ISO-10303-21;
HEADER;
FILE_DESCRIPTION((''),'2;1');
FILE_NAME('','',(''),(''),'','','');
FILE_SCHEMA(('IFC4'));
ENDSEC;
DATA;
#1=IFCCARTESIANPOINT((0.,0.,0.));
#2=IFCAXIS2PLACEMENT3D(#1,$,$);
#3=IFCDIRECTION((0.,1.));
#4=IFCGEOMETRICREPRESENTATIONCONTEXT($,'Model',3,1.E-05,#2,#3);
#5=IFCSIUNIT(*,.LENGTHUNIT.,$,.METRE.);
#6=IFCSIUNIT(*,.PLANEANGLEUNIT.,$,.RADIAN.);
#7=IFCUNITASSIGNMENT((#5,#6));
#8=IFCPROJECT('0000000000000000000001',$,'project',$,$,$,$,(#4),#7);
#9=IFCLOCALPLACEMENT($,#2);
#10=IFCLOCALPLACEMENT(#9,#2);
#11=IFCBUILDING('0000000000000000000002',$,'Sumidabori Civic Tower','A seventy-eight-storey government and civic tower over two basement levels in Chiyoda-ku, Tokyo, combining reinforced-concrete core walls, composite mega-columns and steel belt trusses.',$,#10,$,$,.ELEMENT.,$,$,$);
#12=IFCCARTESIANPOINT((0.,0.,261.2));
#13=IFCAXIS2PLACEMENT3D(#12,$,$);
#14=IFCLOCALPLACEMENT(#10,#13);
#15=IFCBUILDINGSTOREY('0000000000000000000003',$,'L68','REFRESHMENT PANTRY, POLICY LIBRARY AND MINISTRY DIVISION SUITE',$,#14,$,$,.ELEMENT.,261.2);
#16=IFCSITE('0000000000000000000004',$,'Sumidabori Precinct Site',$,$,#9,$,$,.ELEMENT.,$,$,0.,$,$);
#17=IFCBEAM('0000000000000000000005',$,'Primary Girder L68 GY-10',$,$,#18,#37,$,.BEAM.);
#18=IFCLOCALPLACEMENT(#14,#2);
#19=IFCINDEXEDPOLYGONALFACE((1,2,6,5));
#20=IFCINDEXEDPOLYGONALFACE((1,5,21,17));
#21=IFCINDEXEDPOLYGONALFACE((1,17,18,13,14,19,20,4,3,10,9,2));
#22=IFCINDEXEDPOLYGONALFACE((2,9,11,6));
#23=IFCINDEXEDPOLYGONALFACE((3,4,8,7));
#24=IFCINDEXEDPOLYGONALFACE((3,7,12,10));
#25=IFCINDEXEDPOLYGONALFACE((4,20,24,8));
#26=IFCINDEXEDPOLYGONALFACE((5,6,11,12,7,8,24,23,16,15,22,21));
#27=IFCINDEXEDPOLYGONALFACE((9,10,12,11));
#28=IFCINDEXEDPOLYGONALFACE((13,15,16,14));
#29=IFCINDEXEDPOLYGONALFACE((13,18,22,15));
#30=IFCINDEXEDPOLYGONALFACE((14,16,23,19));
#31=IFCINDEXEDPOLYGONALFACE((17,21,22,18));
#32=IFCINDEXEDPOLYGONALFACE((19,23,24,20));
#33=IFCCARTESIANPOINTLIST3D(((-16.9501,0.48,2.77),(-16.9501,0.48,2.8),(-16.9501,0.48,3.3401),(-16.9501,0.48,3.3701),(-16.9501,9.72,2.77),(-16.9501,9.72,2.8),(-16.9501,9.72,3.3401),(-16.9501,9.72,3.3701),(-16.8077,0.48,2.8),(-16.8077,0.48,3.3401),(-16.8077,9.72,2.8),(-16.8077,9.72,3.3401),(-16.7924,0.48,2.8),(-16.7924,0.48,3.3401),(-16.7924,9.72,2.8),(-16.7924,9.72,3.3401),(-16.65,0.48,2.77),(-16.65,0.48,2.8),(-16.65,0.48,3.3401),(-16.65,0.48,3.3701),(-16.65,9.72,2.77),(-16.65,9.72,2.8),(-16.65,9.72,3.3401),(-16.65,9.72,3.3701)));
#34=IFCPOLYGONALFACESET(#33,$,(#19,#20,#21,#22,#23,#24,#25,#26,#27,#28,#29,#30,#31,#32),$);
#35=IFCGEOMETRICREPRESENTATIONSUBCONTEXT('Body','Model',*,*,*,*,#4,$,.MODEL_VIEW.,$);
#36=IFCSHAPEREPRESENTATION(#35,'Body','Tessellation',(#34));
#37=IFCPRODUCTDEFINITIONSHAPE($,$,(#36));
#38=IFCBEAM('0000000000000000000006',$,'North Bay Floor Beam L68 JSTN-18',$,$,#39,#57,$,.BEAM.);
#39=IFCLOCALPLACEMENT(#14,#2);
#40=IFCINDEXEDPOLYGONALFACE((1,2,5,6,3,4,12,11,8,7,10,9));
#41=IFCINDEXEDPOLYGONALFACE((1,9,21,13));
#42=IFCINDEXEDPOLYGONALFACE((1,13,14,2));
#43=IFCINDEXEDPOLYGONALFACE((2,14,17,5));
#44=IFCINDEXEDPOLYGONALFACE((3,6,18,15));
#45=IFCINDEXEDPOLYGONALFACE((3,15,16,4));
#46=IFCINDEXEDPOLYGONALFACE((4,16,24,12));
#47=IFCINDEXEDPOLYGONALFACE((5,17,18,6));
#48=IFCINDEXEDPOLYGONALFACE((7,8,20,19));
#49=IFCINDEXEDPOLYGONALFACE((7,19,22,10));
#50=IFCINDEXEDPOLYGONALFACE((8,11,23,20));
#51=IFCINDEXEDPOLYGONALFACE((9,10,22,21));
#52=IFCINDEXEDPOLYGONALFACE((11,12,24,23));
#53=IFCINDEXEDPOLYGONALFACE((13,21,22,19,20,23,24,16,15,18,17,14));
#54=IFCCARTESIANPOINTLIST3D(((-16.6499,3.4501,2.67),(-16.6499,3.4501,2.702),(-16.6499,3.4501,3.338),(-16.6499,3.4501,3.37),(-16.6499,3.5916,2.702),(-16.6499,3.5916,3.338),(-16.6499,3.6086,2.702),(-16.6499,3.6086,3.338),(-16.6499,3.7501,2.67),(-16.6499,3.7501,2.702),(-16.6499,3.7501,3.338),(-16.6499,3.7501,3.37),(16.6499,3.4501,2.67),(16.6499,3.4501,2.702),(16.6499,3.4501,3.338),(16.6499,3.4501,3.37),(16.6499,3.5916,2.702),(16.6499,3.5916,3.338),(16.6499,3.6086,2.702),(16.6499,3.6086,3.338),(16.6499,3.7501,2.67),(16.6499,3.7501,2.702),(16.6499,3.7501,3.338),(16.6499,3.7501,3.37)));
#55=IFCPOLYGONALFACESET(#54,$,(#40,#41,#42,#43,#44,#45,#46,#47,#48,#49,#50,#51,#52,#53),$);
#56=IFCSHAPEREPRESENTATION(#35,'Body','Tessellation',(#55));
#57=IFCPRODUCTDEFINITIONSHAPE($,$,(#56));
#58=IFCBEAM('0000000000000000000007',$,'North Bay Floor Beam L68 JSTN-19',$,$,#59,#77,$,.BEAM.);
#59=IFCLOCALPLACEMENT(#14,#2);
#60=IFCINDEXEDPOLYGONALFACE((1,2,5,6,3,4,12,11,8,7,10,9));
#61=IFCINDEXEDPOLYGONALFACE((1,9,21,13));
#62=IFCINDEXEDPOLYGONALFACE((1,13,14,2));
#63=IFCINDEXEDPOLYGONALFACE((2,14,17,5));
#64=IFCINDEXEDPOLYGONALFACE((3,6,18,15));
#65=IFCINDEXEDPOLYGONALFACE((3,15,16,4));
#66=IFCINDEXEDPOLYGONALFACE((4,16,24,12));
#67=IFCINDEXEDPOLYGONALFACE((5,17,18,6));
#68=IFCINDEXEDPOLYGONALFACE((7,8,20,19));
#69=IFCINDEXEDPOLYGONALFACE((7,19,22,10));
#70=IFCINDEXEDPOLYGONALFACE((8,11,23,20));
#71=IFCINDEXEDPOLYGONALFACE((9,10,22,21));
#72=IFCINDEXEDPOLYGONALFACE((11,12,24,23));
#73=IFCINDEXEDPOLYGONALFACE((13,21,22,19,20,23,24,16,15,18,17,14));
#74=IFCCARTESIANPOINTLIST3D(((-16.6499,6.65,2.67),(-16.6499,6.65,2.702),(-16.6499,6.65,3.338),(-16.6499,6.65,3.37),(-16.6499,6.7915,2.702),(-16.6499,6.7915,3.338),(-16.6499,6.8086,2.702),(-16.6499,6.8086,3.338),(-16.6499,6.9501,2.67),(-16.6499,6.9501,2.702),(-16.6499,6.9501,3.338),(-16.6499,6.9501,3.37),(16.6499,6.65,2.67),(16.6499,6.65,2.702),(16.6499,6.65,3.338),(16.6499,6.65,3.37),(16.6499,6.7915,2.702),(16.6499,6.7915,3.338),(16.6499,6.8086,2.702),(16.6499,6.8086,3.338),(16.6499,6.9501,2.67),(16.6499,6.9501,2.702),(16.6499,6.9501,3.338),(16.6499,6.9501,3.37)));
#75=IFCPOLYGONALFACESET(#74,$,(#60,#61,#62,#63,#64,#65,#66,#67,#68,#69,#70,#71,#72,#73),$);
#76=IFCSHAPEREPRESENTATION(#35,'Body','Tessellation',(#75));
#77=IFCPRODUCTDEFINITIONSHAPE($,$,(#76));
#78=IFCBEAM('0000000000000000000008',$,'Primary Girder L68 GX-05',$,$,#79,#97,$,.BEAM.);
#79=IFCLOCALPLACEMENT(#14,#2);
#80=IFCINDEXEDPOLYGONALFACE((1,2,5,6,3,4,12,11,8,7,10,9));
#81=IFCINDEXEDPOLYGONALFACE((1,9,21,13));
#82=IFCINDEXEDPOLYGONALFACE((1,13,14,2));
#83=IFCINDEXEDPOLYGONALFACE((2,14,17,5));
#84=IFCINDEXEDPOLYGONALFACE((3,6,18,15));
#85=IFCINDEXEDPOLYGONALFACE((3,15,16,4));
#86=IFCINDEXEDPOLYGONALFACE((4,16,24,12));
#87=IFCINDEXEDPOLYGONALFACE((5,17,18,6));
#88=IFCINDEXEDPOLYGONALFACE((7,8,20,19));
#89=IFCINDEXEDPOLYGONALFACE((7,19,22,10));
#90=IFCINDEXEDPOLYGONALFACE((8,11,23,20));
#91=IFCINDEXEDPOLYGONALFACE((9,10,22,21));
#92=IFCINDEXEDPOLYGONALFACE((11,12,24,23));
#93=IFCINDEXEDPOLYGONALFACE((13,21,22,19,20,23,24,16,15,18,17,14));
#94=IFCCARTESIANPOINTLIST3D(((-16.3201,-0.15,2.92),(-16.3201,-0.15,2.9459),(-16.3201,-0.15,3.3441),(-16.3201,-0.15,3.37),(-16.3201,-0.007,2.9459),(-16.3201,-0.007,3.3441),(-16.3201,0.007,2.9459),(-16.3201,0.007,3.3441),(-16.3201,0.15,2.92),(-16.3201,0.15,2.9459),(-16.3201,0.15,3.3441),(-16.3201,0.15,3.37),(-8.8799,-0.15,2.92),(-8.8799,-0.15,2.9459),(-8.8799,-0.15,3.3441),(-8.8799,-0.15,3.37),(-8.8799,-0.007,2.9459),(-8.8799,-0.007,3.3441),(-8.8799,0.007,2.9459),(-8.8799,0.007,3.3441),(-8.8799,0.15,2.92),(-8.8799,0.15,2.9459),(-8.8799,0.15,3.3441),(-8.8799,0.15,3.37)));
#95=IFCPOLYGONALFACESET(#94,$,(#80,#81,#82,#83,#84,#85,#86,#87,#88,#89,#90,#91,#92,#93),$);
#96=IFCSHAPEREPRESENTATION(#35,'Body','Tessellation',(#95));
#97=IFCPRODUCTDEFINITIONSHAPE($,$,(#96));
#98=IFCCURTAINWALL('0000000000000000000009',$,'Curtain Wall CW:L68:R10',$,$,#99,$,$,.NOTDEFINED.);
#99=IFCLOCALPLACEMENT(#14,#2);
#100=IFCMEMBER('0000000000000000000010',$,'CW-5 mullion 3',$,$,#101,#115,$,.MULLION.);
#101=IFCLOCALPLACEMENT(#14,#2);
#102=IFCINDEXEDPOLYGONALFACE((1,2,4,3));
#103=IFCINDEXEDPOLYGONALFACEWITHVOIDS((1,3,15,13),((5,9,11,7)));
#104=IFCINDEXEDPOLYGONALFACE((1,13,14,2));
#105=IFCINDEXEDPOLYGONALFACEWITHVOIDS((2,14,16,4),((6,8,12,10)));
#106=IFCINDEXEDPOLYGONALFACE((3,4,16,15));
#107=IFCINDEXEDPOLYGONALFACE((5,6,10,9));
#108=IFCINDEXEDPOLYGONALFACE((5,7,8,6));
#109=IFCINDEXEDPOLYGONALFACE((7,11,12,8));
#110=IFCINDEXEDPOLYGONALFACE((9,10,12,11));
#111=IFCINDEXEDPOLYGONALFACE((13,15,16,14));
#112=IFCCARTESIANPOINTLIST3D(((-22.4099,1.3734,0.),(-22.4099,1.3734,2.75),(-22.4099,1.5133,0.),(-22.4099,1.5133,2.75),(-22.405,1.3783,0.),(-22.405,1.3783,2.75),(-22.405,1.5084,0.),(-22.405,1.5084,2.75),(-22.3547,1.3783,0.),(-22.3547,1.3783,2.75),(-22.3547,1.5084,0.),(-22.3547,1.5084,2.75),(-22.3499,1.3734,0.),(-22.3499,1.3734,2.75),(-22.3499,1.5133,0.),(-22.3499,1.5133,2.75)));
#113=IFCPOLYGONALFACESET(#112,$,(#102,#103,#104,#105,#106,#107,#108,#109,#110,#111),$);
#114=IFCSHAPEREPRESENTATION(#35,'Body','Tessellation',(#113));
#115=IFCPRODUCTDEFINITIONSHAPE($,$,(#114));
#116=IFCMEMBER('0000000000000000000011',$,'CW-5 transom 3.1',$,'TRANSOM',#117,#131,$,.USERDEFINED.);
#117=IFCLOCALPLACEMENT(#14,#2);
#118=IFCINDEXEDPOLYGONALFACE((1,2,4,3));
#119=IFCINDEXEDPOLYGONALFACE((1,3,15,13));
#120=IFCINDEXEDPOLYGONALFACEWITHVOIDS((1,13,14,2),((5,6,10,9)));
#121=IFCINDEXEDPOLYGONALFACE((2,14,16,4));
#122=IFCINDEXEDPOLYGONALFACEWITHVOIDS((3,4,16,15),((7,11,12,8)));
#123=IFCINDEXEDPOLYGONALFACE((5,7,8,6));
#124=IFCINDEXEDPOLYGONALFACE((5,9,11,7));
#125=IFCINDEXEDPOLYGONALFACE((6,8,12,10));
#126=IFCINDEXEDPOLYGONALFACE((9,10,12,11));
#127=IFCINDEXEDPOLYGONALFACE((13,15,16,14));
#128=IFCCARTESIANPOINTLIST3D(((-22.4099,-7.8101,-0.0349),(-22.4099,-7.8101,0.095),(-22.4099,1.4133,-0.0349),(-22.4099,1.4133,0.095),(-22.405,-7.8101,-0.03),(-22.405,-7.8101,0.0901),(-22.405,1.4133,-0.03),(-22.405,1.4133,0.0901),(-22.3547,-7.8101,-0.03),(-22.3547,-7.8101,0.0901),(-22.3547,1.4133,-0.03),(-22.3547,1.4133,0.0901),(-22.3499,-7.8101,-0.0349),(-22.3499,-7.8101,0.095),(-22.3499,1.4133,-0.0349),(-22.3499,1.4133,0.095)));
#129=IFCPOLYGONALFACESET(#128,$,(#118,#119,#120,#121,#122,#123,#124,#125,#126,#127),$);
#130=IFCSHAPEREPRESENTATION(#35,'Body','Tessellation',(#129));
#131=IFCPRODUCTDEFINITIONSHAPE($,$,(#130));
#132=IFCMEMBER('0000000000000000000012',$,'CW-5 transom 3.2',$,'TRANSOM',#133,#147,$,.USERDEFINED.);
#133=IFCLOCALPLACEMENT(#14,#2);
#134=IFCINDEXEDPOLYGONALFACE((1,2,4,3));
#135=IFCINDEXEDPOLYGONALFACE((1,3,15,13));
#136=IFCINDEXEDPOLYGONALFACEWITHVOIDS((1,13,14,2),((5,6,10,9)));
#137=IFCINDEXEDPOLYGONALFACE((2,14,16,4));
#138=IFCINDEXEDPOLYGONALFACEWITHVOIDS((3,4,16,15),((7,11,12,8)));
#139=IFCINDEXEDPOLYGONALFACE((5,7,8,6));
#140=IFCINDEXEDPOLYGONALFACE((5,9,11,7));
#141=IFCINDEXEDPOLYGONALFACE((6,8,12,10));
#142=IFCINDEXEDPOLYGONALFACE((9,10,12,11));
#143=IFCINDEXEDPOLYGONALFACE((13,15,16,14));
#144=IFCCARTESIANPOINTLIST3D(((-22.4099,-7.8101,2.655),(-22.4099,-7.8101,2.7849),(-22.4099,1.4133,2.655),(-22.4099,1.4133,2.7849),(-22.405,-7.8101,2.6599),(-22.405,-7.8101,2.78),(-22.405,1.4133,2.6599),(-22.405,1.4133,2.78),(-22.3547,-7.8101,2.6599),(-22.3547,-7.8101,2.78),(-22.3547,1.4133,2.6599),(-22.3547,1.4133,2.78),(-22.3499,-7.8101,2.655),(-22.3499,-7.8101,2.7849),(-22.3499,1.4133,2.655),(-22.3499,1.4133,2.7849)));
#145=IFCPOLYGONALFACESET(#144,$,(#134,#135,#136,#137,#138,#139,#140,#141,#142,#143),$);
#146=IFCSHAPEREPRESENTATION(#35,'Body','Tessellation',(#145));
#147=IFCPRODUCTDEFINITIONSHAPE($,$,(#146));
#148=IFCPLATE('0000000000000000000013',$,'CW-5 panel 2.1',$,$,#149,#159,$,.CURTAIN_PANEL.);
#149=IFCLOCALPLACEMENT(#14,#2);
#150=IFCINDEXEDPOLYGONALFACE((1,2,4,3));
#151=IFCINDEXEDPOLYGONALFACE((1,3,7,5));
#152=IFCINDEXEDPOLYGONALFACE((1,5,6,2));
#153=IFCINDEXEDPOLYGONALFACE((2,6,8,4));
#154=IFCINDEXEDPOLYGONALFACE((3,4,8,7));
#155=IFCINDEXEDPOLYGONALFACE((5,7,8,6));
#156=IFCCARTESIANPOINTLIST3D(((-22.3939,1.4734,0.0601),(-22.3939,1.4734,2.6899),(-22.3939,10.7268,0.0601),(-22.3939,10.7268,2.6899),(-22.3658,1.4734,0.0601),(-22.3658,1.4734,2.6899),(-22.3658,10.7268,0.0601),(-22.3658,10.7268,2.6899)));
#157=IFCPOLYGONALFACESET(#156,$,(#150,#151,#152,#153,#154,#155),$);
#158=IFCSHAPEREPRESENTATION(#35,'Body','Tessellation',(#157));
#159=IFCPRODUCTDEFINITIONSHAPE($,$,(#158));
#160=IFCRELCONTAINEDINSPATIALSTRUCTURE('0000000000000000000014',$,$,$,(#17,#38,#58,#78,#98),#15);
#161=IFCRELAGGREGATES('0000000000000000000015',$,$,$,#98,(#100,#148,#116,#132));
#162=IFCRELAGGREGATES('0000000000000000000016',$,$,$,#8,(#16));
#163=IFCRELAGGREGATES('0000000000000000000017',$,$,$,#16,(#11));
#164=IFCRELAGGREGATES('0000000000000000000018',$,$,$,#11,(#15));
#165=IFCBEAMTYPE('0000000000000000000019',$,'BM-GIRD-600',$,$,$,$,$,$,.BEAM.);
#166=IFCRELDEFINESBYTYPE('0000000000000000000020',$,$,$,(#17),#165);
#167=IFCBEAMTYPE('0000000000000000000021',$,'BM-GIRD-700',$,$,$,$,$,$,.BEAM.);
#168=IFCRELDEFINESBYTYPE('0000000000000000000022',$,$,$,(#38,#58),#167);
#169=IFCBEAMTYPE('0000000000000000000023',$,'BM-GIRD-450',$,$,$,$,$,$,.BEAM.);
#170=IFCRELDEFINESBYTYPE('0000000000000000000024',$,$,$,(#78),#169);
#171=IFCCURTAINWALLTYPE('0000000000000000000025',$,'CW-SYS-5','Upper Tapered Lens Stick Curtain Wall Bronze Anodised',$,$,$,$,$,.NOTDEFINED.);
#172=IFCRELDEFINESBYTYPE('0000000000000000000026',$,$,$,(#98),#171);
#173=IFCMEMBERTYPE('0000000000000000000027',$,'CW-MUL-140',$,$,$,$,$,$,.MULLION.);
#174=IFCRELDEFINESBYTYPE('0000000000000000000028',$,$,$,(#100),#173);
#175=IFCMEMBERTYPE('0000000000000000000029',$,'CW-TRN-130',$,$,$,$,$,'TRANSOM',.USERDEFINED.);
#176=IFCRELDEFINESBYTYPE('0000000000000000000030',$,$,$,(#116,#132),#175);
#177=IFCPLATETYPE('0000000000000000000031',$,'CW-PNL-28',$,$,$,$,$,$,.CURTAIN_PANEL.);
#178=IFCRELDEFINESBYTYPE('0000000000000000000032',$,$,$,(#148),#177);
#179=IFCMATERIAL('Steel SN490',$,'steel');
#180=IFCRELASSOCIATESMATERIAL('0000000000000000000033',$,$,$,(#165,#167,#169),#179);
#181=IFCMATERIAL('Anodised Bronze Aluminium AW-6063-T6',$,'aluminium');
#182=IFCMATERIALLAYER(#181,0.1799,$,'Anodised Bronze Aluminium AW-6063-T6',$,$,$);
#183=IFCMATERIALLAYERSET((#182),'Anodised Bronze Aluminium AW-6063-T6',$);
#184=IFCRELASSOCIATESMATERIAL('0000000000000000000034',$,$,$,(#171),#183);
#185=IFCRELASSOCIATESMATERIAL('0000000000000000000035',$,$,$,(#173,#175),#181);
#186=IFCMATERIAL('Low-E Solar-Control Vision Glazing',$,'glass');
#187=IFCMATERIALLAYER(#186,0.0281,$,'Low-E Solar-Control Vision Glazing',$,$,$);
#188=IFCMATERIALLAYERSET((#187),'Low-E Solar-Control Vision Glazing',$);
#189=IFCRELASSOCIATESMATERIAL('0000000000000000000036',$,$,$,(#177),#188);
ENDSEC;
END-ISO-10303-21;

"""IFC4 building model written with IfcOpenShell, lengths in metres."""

from ifc_helpers import new_model, si_unit, direction, frame, origin, origin_2d, place, context, subcontext, project, spatial, rectangle, hollow_rectangle, i_section, extrude, source, transform, mapped, material, layer, layer_set, material_profile, profile_set, type_object, element, aggregate, save


model = new_model("IFC4")

# Units and contexts
model_context = context("Model", 3, precision=1e-05, world=origin(), true_north=direction((0.0, 1.0)))
body_context = subcontext(model_context, "Body", "Model", "MODEL_VIEW")
ifc_project = project(units=[si_unit("LENGTHUNIT", "METRE"), si_unit("PLANEANGLEUNIT", "RADIAN")], contexts=[model_context])

# Site, building, storey
site_placement = place(None, origin())
site = spatial("IfcSite", under=ifc_project, at=site_placement, Name="Sumidabori Precinct Site", CompositionType="ELEMENT", RefElevation=0.0)
building_placement = place(site_placement, origin())
building = spatial("IfcBuilding", under=site, at=building_placement, Name="Sumidabori Civic Tower", Description="A seventy-eight-storey government and civic tower over two basement levels in Chiyoda-ku, Tokyo, combining reinforced-concrete core walls, composite mega-columns and steel belt trusses.", CompositionType="ELEMENT")
storey_placement = place(building_placement, frame((0.0, 0.0, 261.2)))
storey = spatial("IfcBuildingStorey", under=building, at=storey_placement, Name="L68", Description="REFRESHMENT PANTRY, POLICY LIBRARY AND MINISTRY DIVISION SUITE", CompositionType="ELEMENT", Elevation=261.2)

# Beams
ifc_material_1 = material(Name="Steel SN490", Category="steel")
ifc_material_profile_1 = material_profile(ifc_material_1, i_section(OverallWidth=0.3, OverallDepth=0.6001, WebThickness=0.0154, FlangeThickness=0.03, at=origin_2d()), Name="HE 600 B")
ifc_profile_set_1 = profile_set([ifc_material_profile_1], Name="Steel SN490")
beam_type_1 = type_object("IfcBeamType", Name="BM-GIRD-600", PredefinedType="BEAM", material=ifc_profile_set_1)
shared_shape_1 = source(origin(), body_context, "Body", "SweptSolid", [
    extrude(i_section(OverallWidth=0.3, OverallDepth=0.6001, WebThickness=0.0154, FlangeThickness=0.03, at=origin_2d()), origin(), (0.0, 0.0, 1.0), 9.24),
])
beam_1_placement = place(storey_placement, frame((-16.8, 0.48, 3.0701), z_axis=(0.0, 1.0, 0.0), x_axis=(-1.0, 0.0, 0.0)))
element("IfcBeam", 1, at=beam_1_placement, inside=storey, type_object=beam_type_1, Name="Primary Girder L68 GY-10", PredefinedType="BEAM", context=body_context, shape_type="MappedRepresentation", body=[
    mapped(shared_shape_1, transform((0.0, 0.0, 0.0), x_axis=(1.0, 0.0, 0.0), y_axis=(0.0, 1.0, 0.0), z_axis=(0.0, 0.0, 1.0), scale=1.0)),
])
ifc_material_profile_2 = material_profile(ifc_material_1, i_section(OverallWidth=0.3, OverallDepth=0.7, WebThickness=0.0171, FlangeThickness=0.032, at=origin_2d()), Name="HE 700 B")
ifc_profile_set_2 = profile_set([ifc_material_profile_2], Name="Steel SN490")
beam_type_2 = type_object("IfcBeamType", Name="BM-GIRD-700", PredefinedType="BEAM", material=ifc_profile_set_2)
shared_shape_2 = source(origin(), body_context, "Body", "SweptSolid", [
    extrude(i_section(OverallWidth=0.3, OverallDepth=0.7, WebThickness=0.0171, FlangeThickness=0.032, at=origin_2d()), origin(), (0.0, 0.0, 1.0), 33.2998),
])
for number, where, z_axis, x_axis, name in (
    (2, (-16.6499, 3.6001, 3.02), (1.0, 0.0, 0.0), (0.0, 1.0, 0.0), "North Bay Floor Beam L68 JSTN-18"),
    (3, (-16.6499, 6.8, 3.02), (1.0, 0.0, 0.0), (0.0, 1.0, 0.0), "North Bay Floor Beam L68 JSTN-19"),
):
    element("IfcBeam", number, at=place(storey_placement, frame(where, z_axis=z_axis, x_axis=x_axis)), inside=storey, type_object=beam_type_2, Name=name, PredefinedType="BEAM", context=body_context, shape_type="MappedRepresentation", body=[
        mapped(shared_shape_2, transform((0.0, 0.0, 0.0), x_axis=(1.0, 0.0, 0.0), y_axis=(0.0, 1.0, 0.0), z_axis=(0.0, 0.0, 1.0), scale=1.0)),
    ])
ifc_material_profile_3 = material_profile(ifc_material_1, i_section(OverallWidth=0.3, OverallDepth=0.45, WebThickness=0.0139, FlangeThickness=0.0259, at=origin_2d()), Name="HE 450 B")
ifc_profile_set_3 = profile_set([ifc_material_profile_3], Name="Steel SN490")
beam_type_3 = type_object("IfcBeamType", Name="BM-GIRD-450", PredefinedType="BEAM", material=ifc_profile_set_3)
shared_shape_3 = source(origin(), body_context, "Body", "SweptSolid", [
    extrude(i_section(OverallWidth=0.3, OverallDepth=0.45, WebThickness=0.0139, FlangeThickness=0.0259, at=origin_2d()), origin(), (0.0, 0.0, 1.0), 7.4402),
])
beam_2_placement = place(storey_placement, frame((-16.3201, 0.0, 3.145), z_axis=(1.0, 0.0, 0.0), x_axis=(0.0, 1.0, 0.0)))
element("IfcBeam", 4, at=beam_2_placement, inside=storey, type_object=beam_type_3, Name="Primary Girder L68 GX-05", PredefinedType="BEAM", context=body_context, shape_type="MappedRepresentation", body=[
    mapped(shared_shape_3, transform((0.0, 0.0, 0.0), x_axis=(1.0, 0.0, 0.0), y_axis=(0.0, 1.0, 0.0), z_axis=(0.0, 0.0, 1.0), scale=1.0)),
])

# Curtain wall, members, plate
ifc_material_2 = material(Name="Anodised Bronze Aluminium AW-6063-T6", Category="aluminium")
ifc_layer_1 = layer(ifc_material_2, 0.1799, Name="Anodised Bronze Aluminium AW-6063-T6")
ifc_layer_set_1 = layer_set([ifc_layer_1], Name="Anodised Bronze Aluminium AW-6063-T6")
curtain_wall_type = type_object("IfcCurtainWallType", Name="CW-SYS-5", Description="Upper Tapered Lens Stick Curtain Wall Bronze Anodised", PredefinedType="NOTDEFINED", material=ifc_layer_set_1)
curtain_wall_placement = place(storey_placement, origin())
curtain_wall = element("IfcCurtainWall", 5, at=curtain_wall_placement, inside=storey, type_object=curtain_wall_type, Name="Curtain Wall CW:L68:R10", PredefinedType="NOTDEFINED")
ifc_material_profile_4 = material_profile(ifc_material_2, hollow_rectangle(XDim=0.0601, YDim=0.1399, WallThickness=0.0049, at=origin_2d()), Name="ALU MULLION 140x60")
ifc_profile_set_4 = profile_set([ifc_material_profile_4], Name="Anodised Bronze Aluminium AW-6063-T6")
member_type_1 = type_object("IfcMemberType", Name="CW-MUL-140", PredefinedType="MULLION", material=ifc_profile_set_4)
shared_shape_4 = source(origin(), body_context, "Body", "SweptSolid", [
    extrude(hollow_rectangle(XDim=0.0601, YDim=0.1399, WallThickness=0.0049, at=origin_2d()), origin(), (0.0, 0.0, 1.0), 2.75),
])
member_1_placement = place(storey_placement, frame((-22.3799, 1.4434, 0.0), z_axis=(0.0, 0.0, 1.0), x_axis=(1.0, 0.0, 0.0)))
member_1 = element("IfcMember", 6, at=member_1_placement, type_object=member_type_1, Name="CW-5 mullion 3", PredefinedType="MULLION", context=body_context, shape_type="MappedRepresentation", body=[
    mapped(shared_shape_4, transform((0.0, 0.0, 0.0), x_axis=(1.0, 0.0, 0.0), y_axis=(0.0, 1.0, 0.0), z_axis=(0.0, 0.0, 1.0), scale=1.0)),
])
ifc_material_profile_5 = material_profile(ifc_material_2, hollow_rectangle(XDim=0.0601, YDim=0.1299, WallThickness=0.0049, at=origin_2d()), Name="ALU TRANSOM 130x60")
ifc_profile_set_5 = profile_set([ifc_material_profile_5], Name="Anodised Bronze Aluminium AW-6063-T6")
member_type_2 = type_object("IfcMemberType", Name="CW-TRN-130", ElementType="TRANSOM", PredefinedType="USERDEFINED", material=ifc_profile_set_5)
shared_shape_5 = source(origin(), body_context, "Body", "SweptSolid", [
    extrude(hollow_rectangle(XDim=0.0601, YDim=0.1299, WallThickness=0.0049, at=origin_2d()), origin(), (0.0, 0.0, 1.0), 9.2234),
])
member_2_placement = place(storey_placement, frame((-22.3799, 1.4133, 0.03), z_axis=(0.0, -1.0, 0.0), x_axis=(1.0, 0.0, 0.0)))
member_2 = element("IfcMember", 7, at=member_2_placement, type_object=member_type_2, Name="CW-5 transom 3.1", ObjectType="TRANSOM", PredefinedType="USERDEFINED", context=body_context, shape_type="MappedRepresentation", body=[
    mapped(shared_shape_5, transform((0.0, 0.0, 0.0), x_axis=(1.0, 0.0, 0.0), y_axis=(0.0, 1.0, 0.0), z_axis=(0.0, 0.0, 1.0), scale=1.0)),
])
member_3_placement = place(storey_placement, frame((-22.3799, 1.4133, 2.72), z_axis=(0.0, -1.0, 0.0), x_axis=(1.0, 0.0, 0.0)))
member_3 = element("IfcMember", 8, at=member_3_placement, type_object=member_type_2, Name="CW-5 transom 3.2", ObjectType="TRANSOM", PredefinedType="USERDEFINED", context=body_context, shape_type="MappedRepresentation", body=[
    mapped(shared_shape_5, transform((0.0, 0.0, 0.0), x_axis=(1.0, 0.0, 0.0), y_axis=(0.0, 1.0, 0.0), z_axis=(0.0, 0.0, 1.0), scale=1.0)),
])
ifc_material_3 = material(Name="Low-E Solar-Control Vision Glazing", Category="glass")
ifc_layer_2 = layer(ifc_material_3, 0.0281, Name="Low-E Solar-Control Vision Glazing")
ifc_layer_set_2 = layer_set([ifc_layer_2], Name="Low-E Solar-Control Vision Glazing")
plate_type = type_object("IfcPlateType", Name="CW-PNL-28", PredefinedType="CURTAIN_PANEL", material=ifc_layer_set_2)
shared_shape_6 = source(origin(), body_context, "Body", "SweptSolid", [
    extrude(rectangle(XDim=9.2534, YDim=0.0281, at=origin_2d()), origin(), (0.0, 0.0, 1.0), 2.6299),
])
plate_placement = place(storey_placement, frame((-22.3799, 6.1001, 0.0601), z_axis=(0.0, 0.0, 1.0), x_axis=(0.0, -1.0, 0.0)))
plate = element("IfcPlate", 9, at=plate_placement, type_object=plate_type, Name="CW-5 panel 2.1", PredefinedType="CURTAIN_PANEL", context=body_context, shape_type="MappedRepresentation", body=[
    mapped(shared_shape_6, transform((0.0, 0.0, 0.0), x_axis=(1.0, 0.0, 0.0), y_axis=(0.0, 1.0, 0.0), z_axis=(0.0, 0.0, 1.0), scale=1.0)),
])
aggregate(curtain_wall, [member_1, plate, member_2, member_3])

save(model, "model.ifc")
